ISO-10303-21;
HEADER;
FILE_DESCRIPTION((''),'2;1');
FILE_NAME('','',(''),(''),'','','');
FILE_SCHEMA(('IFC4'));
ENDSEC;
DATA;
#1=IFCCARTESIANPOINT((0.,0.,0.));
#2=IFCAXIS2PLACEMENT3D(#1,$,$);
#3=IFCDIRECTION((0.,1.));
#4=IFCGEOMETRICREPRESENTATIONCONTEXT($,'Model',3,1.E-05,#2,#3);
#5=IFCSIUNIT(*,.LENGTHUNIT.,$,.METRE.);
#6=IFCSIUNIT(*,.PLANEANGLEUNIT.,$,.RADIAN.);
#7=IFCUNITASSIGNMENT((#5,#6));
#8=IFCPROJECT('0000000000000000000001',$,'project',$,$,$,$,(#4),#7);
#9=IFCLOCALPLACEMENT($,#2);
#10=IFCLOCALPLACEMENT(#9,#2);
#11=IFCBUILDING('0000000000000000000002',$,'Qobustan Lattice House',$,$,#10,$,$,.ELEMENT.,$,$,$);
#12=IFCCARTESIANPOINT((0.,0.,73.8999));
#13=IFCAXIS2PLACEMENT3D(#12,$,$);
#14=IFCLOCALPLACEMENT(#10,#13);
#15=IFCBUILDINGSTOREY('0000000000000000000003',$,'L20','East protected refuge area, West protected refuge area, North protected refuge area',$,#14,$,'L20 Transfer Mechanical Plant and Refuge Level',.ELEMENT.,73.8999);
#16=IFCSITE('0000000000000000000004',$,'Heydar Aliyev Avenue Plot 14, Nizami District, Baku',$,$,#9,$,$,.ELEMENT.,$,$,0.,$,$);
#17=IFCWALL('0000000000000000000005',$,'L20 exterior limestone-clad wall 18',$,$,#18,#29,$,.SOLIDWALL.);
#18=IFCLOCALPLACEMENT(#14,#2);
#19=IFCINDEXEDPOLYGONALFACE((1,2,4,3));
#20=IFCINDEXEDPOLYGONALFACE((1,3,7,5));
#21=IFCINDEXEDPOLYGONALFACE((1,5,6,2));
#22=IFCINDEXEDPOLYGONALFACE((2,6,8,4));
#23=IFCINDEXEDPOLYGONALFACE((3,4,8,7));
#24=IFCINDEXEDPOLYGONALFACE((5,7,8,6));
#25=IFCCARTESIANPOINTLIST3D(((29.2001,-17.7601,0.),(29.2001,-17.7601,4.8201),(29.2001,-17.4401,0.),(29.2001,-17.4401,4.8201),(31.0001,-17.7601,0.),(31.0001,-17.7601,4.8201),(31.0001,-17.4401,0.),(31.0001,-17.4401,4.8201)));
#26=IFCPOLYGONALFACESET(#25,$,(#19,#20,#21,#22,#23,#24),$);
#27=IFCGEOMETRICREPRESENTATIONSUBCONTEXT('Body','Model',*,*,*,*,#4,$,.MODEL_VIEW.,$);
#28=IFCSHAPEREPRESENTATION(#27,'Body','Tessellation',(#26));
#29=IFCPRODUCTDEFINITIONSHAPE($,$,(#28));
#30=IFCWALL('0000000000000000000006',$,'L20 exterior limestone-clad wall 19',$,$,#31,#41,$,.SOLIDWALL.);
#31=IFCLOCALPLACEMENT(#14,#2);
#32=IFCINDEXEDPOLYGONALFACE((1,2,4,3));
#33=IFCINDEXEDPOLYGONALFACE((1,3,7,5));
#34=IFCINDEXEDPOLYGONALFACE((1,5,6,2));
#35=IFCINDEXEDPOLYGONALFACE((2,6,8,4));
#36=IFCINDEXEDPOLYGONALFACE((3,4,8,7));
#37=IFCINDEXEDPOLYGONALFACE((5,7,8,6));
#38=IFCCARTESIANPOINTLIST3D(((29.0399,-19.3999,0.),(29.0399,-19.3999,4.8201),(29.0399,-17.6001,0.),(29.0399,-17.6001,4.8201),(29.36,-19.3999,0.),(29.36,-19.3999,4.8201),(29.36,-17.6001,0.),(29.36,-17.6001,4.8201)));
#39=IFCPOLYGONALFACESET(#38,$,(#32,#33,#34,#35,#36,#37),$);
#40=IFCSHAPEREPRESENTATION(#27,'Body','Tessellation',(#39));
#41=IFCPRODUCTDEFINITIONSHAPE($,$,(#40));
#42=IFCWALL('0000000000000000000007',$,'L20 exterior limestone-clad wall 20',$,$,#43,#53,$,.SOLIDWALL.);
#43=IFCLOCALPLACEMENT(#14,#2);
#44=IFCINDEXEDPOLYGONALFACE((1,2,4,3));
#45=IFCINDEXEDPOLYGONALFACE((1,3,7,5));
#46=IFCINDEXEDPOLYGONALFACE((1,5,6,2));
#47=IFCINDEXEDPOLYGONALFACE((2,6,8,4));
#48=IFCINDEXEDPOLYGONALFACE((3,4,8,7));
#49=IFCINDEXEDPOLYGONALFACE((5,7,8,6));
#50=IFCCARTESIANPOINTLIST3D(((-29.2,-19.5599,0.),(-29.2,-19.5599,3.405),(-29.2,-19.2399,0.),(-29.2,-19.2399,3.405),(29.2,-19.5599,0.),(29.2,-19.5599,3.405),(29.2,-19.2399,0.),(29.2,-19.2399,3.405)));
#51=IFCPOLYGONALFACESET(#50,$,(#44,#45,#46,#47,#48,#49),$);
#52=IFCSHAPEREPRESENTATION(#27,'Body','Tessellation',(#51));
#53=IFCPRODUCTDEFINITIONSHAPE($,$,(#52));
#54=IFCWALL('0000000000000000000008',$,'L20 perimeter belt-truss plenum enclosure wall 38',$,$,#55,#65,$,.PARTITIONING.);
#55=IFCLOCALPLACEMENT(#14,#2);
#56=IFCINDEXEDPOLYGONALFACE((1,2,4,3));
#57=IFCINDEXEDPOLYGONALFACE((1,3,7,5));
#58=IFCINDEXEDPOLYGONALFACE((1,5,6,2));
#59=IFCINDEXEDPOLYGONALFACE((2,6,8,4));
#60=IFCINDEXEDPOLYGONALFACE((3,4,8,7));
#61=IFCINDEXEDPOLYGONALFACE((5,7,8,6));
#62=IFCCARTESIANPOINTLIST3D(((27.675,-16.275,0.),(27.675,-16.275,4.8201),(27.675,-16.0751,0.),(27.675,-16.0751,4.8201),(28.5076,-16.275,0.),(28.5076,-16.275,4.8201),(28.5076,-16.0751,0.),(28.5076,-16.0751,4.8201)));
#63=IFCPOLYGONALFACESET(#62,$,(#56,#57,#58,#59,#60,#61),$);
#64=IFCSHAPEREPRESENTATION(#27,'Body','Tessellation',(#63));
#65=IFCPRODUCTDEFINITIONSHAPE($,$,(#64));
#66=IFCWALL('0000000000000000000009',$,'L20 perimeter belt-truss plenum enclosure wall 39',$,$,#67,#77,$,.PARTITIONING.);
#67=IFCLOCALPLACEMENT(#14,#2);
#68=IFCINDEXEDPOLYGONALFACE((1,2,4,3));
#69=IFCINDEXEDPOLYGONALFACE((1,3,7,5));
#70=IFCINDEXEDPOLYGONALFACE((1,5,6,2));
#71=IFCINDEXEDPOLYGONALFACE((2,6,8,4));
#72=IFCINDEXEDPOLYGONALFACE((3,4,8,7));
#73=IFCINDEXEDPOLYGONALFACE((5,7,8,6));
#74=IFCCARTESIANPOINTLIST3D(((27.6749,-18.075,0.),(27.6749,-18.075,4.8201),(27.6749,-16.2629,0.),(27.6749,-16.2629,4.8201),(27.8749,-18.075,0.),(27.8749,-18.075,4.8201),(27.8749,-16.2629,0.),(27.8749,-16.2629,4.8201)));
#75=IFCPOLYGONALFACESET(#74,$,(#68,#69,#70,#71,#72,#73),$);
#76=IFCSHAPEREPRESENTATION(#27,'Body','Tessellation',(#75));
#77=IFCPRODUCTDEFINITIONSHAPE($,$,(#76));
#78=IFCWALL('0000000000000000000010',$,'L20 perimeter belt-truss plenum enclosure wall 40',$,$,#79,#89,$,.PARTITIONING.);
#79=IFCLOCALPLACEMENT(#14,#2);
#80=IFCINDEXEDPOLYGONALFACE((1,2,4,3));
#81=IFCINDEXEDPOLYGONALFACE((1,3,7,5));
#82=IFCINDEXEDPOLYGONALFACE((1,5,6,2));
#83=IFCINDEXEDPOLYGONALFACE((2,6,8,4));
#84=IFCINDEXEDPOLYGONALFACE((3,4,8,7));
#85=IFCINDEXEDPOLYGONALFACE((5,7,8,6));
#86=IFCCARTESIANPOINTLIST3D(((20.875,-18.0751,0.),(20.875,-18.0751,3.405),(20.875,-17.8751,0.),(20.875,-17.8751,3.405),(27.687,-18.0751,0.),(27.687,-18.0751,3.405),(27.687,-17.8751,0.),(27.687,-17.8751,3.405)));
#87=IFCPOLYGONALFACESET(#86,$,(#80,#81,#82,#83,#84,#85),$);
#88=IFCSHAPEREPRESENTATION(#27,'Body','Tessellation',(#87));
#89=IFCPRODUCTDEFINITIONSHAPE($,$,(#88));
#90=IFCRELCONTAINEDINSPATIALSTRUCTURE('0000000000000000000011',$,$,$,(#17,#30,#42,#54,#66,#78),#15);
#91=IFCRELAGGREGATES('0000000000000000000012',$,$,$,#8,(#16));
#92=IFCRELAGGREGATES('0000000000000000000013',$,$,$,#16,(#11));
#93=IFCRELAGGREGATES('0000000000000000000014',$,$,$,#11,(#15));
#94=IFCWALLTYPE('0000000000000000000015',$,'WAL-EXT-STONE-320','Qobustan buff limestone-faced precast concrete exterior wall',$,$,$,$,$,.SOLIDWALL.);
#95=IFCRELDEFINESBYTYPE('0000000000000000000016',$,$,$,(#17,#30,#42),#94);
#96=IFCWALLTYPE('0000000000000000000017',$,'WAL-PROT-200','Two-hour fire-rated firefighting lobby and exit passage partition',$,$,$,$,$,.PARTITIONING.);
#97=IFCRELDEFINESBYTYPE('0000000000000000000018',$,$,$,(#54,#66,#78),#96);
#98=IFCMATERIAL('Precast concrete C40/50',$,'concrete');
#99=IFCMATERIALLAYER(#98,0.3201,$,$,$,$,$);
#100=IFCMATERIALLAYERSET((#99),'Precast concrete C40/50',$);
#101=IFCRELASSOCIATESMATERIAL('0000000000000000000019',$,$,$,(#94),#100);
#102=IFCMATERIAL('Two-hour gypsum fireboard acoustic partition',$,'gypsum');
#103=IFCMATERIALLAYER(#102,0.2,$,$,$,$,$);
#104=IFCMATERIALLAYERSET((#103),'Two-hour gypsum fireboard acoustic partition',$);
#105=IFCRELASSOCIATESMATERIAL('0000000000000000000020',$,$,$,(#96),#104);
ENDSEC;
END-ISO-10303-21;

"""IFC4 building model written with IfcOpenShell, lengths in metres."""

from ifc_helpers import new_model, si_unit, direction, frame, frame_2d, origin, place, context, subcontext, project, spatial, rectangle, extrude, material, layer, layer_set, type_object, element, save


model = new_model("IFC4")

# Units and contexts
model_context = context("Model", 3, precision=1e-05, world=origin(), true_north=direction((0.0, 1.0)))
body_context = subcontext(model_context, "Body", "Model", "MODEL_VIEW")
ifc_project = project(units=[si_unit("LENGTHUNIT", "METRE"), si_unit("PLANEANGLEUNIT", "RADIAN")], contexts=[model_context])

# Site, building, storey
site_placement = place(None, origin())
site = spatial("IfcSite", under=ifc_project, at=site_placement, Name="Heydar Aliyev Avenue Plot 14, Nizami District, Baku", CompositionType="ELEMENT", RefElevation=0.0)
building_placement = place(site_placement, origin())
building = spatial("IfcBuilding", under=site, at=building_placement, Name="Qobustan Lattice House", CompositionType="ELEMENT")
storey_placement = place(building_placement, frame((0.0, 0.0, 73.8999)))
storey = spatial("IfcBuildingStorey", under=building, at=storey_placement, Name="L20", Description="East protected refuge area, West protected refuge area, North protected refuge area", LongName="L20 Transfer Mechanical Plant and Refuge Level", CompositionType="ELEMENT", Elevation=73.8999)

# Walls
ifc_material_1 = material(Name="Precast concrete C40/50", Category="concrete")
ifc_layer_1 = layer(ifc_material_1, 0.3201)
ifc_layer_set_1 = layer_set([ifc_layer_1], Name="Precast concrete C40/50")
wall_type_1 = type_object("IfcWallType", Name="WAL-EXT-STONE-320", Description="Qobustan buff limestone-faced precast concrete exterior wall", PredefinedType="SOLIDWALL", material=ifc_layer_set_1)
for number, where, z_axis, x_axis, name in (
    (1, (31.0, -17.6001, 0.0), (0.0, 0.0, 1.0), (-1.0, 0.0, 0.0), "L20 exterior limestone-clad wall 18"),
):
    element("IfcWall", number, at=place(storey_placement, frame(where, z_axis=z_axis, x_axis=x_axis)), inside=storey, type_object=wall_type_1, Name=name, PredefinedType="SOLIDWALL", context=body_context, shape_type="SweptSolid", body=[
        extrude(rectangle(XDim=1.8, YDim=0.3201, at=frame_2d((0.8999, 0.0))), origin(), (0.0, 0.0, 1.0), 4.8201),
    ])
wall_1_placement = place(storey_placement, frame((29.2, -17.6001, 0.0), z_axis=(0.0, 0.0, 1.0), x_axis=(0.0, -1.0, 0.0)))
element("IfcWall", 2, at=wall_1_placement, inside=storey, type_object=wall_type_1, Name="L20 exterior limestone-clad wall 19", PredefinedType="SOLIDWALL", context=body_context, shape_type="SweptSolid", body=[
    extrude(rectangle(XDim=1.7998, YDim=0.3201, at=frame_2d((0.8999, 0.0))), origin(), (0.0, 0.0, 1.0), 4.8201),
])
wall_2_placement = place(storey_placement, frame((29.2, -19.3999, 0.0), z_axis=(0.0, 0.0, 1.0), x_axis=(-1.0, 0.0, 0.0)))
element("IfcWall", 3, at=wall_2_placement, inside=storey, type_object=wall_type_1, Name="L20 exterior limestone-clad wall 20", PredefinedType="SOLIDWALL", context=body_context, shape_type="SweptSolid", body=[
    extrude(rectangle(XDim=58.3999, YDim=0.3201, at=frame_2d((29.2, 0.0))), origin(), (0.0, 0.0, 1.0), 3.405),
])
ifc_material_2 = material(Name="Two-hour gypsum fireboard acoustic partition", Category="gypsum")
ifc_layer_2 = layer(ifc_material_2, 0.2)
ifc_layer_set_2 = layer_set([ifc_layer_2], Name="Two-hour gypsum fireboard acoustic partition")
wall_type_2 = type_object("IfcWallType", Name="WAL-PROT-200", Description="Two-hour fire-rated firefighting lobby and exit passage partition", PredefinedType="PARTITIONING", material=ifc_layer_set_2)
wall_3_placement = place(storey_placement, frame((28.5076, -16.175, 0.0), z_axis=(0.0, 0.0, 1.0), x_axis=(-1.0, 0.0, 0.0)))
element("IfcWall", 4, at=wall_3_placement, inside=storey, type_object=wall_type_2, Name="L20 perimeter belt-truss plenum enclosure wall 38", PredefinedType="PARTITIONING", context=body_context, shape_type="SweptSolid", body=[
    extrude(rectangle(XDim=0.8325, YDim=0.2, at=frame_2d((0.4163, 0.0))), origin(), (0.0, 0.0, 1.0), 4.8201),
])
wall_4_placement = place(storey_placement, frame((27.7749, -16.2629, 0.0), z_axis=(0.0, 0.0, 1.0), x_axis=(0.0, -1.0, 0.0)))
element("IfcWall", 5, at=wall_4_placement, inside=storey, type_object=wall_type_2, Name="L20 perimeter belt-truss plenum enclosure wall 39", PredefinedType="PARTITIONING", context=body_context, shape_type="SweptSolid", body=[
    extrude(rectangle(XDim=1.812, YDim=0.2, at=frame_2d((0.906, 0.0))), origin(), (0.0, 0.0, 1.0), 4.8201),
])
wall_5_placement = place(storey_placement, frame((27.687, -17.9751, 0.0), z_axis=(0.0, 0.0, 1.0), x_axis=(-1.0, 0.0, 0.0)))
element("IfcWall", 6, at=wall_5_placement, inside=storey, type_object=wall_type_2, Name="L20 perimeter belt-truss plenum enclosure wall 40", PredefinedType="PARTITIONING", context=body_context, shape_type="SweptSolid", body=[
    extrude(rectangle(XDim=6.812, YDim=0.2, at=frame_2d((3.406, 0.0))), origin(), (0.0, 0.0, 1.0), 3.405),
])

save(model, "model.ifc")
